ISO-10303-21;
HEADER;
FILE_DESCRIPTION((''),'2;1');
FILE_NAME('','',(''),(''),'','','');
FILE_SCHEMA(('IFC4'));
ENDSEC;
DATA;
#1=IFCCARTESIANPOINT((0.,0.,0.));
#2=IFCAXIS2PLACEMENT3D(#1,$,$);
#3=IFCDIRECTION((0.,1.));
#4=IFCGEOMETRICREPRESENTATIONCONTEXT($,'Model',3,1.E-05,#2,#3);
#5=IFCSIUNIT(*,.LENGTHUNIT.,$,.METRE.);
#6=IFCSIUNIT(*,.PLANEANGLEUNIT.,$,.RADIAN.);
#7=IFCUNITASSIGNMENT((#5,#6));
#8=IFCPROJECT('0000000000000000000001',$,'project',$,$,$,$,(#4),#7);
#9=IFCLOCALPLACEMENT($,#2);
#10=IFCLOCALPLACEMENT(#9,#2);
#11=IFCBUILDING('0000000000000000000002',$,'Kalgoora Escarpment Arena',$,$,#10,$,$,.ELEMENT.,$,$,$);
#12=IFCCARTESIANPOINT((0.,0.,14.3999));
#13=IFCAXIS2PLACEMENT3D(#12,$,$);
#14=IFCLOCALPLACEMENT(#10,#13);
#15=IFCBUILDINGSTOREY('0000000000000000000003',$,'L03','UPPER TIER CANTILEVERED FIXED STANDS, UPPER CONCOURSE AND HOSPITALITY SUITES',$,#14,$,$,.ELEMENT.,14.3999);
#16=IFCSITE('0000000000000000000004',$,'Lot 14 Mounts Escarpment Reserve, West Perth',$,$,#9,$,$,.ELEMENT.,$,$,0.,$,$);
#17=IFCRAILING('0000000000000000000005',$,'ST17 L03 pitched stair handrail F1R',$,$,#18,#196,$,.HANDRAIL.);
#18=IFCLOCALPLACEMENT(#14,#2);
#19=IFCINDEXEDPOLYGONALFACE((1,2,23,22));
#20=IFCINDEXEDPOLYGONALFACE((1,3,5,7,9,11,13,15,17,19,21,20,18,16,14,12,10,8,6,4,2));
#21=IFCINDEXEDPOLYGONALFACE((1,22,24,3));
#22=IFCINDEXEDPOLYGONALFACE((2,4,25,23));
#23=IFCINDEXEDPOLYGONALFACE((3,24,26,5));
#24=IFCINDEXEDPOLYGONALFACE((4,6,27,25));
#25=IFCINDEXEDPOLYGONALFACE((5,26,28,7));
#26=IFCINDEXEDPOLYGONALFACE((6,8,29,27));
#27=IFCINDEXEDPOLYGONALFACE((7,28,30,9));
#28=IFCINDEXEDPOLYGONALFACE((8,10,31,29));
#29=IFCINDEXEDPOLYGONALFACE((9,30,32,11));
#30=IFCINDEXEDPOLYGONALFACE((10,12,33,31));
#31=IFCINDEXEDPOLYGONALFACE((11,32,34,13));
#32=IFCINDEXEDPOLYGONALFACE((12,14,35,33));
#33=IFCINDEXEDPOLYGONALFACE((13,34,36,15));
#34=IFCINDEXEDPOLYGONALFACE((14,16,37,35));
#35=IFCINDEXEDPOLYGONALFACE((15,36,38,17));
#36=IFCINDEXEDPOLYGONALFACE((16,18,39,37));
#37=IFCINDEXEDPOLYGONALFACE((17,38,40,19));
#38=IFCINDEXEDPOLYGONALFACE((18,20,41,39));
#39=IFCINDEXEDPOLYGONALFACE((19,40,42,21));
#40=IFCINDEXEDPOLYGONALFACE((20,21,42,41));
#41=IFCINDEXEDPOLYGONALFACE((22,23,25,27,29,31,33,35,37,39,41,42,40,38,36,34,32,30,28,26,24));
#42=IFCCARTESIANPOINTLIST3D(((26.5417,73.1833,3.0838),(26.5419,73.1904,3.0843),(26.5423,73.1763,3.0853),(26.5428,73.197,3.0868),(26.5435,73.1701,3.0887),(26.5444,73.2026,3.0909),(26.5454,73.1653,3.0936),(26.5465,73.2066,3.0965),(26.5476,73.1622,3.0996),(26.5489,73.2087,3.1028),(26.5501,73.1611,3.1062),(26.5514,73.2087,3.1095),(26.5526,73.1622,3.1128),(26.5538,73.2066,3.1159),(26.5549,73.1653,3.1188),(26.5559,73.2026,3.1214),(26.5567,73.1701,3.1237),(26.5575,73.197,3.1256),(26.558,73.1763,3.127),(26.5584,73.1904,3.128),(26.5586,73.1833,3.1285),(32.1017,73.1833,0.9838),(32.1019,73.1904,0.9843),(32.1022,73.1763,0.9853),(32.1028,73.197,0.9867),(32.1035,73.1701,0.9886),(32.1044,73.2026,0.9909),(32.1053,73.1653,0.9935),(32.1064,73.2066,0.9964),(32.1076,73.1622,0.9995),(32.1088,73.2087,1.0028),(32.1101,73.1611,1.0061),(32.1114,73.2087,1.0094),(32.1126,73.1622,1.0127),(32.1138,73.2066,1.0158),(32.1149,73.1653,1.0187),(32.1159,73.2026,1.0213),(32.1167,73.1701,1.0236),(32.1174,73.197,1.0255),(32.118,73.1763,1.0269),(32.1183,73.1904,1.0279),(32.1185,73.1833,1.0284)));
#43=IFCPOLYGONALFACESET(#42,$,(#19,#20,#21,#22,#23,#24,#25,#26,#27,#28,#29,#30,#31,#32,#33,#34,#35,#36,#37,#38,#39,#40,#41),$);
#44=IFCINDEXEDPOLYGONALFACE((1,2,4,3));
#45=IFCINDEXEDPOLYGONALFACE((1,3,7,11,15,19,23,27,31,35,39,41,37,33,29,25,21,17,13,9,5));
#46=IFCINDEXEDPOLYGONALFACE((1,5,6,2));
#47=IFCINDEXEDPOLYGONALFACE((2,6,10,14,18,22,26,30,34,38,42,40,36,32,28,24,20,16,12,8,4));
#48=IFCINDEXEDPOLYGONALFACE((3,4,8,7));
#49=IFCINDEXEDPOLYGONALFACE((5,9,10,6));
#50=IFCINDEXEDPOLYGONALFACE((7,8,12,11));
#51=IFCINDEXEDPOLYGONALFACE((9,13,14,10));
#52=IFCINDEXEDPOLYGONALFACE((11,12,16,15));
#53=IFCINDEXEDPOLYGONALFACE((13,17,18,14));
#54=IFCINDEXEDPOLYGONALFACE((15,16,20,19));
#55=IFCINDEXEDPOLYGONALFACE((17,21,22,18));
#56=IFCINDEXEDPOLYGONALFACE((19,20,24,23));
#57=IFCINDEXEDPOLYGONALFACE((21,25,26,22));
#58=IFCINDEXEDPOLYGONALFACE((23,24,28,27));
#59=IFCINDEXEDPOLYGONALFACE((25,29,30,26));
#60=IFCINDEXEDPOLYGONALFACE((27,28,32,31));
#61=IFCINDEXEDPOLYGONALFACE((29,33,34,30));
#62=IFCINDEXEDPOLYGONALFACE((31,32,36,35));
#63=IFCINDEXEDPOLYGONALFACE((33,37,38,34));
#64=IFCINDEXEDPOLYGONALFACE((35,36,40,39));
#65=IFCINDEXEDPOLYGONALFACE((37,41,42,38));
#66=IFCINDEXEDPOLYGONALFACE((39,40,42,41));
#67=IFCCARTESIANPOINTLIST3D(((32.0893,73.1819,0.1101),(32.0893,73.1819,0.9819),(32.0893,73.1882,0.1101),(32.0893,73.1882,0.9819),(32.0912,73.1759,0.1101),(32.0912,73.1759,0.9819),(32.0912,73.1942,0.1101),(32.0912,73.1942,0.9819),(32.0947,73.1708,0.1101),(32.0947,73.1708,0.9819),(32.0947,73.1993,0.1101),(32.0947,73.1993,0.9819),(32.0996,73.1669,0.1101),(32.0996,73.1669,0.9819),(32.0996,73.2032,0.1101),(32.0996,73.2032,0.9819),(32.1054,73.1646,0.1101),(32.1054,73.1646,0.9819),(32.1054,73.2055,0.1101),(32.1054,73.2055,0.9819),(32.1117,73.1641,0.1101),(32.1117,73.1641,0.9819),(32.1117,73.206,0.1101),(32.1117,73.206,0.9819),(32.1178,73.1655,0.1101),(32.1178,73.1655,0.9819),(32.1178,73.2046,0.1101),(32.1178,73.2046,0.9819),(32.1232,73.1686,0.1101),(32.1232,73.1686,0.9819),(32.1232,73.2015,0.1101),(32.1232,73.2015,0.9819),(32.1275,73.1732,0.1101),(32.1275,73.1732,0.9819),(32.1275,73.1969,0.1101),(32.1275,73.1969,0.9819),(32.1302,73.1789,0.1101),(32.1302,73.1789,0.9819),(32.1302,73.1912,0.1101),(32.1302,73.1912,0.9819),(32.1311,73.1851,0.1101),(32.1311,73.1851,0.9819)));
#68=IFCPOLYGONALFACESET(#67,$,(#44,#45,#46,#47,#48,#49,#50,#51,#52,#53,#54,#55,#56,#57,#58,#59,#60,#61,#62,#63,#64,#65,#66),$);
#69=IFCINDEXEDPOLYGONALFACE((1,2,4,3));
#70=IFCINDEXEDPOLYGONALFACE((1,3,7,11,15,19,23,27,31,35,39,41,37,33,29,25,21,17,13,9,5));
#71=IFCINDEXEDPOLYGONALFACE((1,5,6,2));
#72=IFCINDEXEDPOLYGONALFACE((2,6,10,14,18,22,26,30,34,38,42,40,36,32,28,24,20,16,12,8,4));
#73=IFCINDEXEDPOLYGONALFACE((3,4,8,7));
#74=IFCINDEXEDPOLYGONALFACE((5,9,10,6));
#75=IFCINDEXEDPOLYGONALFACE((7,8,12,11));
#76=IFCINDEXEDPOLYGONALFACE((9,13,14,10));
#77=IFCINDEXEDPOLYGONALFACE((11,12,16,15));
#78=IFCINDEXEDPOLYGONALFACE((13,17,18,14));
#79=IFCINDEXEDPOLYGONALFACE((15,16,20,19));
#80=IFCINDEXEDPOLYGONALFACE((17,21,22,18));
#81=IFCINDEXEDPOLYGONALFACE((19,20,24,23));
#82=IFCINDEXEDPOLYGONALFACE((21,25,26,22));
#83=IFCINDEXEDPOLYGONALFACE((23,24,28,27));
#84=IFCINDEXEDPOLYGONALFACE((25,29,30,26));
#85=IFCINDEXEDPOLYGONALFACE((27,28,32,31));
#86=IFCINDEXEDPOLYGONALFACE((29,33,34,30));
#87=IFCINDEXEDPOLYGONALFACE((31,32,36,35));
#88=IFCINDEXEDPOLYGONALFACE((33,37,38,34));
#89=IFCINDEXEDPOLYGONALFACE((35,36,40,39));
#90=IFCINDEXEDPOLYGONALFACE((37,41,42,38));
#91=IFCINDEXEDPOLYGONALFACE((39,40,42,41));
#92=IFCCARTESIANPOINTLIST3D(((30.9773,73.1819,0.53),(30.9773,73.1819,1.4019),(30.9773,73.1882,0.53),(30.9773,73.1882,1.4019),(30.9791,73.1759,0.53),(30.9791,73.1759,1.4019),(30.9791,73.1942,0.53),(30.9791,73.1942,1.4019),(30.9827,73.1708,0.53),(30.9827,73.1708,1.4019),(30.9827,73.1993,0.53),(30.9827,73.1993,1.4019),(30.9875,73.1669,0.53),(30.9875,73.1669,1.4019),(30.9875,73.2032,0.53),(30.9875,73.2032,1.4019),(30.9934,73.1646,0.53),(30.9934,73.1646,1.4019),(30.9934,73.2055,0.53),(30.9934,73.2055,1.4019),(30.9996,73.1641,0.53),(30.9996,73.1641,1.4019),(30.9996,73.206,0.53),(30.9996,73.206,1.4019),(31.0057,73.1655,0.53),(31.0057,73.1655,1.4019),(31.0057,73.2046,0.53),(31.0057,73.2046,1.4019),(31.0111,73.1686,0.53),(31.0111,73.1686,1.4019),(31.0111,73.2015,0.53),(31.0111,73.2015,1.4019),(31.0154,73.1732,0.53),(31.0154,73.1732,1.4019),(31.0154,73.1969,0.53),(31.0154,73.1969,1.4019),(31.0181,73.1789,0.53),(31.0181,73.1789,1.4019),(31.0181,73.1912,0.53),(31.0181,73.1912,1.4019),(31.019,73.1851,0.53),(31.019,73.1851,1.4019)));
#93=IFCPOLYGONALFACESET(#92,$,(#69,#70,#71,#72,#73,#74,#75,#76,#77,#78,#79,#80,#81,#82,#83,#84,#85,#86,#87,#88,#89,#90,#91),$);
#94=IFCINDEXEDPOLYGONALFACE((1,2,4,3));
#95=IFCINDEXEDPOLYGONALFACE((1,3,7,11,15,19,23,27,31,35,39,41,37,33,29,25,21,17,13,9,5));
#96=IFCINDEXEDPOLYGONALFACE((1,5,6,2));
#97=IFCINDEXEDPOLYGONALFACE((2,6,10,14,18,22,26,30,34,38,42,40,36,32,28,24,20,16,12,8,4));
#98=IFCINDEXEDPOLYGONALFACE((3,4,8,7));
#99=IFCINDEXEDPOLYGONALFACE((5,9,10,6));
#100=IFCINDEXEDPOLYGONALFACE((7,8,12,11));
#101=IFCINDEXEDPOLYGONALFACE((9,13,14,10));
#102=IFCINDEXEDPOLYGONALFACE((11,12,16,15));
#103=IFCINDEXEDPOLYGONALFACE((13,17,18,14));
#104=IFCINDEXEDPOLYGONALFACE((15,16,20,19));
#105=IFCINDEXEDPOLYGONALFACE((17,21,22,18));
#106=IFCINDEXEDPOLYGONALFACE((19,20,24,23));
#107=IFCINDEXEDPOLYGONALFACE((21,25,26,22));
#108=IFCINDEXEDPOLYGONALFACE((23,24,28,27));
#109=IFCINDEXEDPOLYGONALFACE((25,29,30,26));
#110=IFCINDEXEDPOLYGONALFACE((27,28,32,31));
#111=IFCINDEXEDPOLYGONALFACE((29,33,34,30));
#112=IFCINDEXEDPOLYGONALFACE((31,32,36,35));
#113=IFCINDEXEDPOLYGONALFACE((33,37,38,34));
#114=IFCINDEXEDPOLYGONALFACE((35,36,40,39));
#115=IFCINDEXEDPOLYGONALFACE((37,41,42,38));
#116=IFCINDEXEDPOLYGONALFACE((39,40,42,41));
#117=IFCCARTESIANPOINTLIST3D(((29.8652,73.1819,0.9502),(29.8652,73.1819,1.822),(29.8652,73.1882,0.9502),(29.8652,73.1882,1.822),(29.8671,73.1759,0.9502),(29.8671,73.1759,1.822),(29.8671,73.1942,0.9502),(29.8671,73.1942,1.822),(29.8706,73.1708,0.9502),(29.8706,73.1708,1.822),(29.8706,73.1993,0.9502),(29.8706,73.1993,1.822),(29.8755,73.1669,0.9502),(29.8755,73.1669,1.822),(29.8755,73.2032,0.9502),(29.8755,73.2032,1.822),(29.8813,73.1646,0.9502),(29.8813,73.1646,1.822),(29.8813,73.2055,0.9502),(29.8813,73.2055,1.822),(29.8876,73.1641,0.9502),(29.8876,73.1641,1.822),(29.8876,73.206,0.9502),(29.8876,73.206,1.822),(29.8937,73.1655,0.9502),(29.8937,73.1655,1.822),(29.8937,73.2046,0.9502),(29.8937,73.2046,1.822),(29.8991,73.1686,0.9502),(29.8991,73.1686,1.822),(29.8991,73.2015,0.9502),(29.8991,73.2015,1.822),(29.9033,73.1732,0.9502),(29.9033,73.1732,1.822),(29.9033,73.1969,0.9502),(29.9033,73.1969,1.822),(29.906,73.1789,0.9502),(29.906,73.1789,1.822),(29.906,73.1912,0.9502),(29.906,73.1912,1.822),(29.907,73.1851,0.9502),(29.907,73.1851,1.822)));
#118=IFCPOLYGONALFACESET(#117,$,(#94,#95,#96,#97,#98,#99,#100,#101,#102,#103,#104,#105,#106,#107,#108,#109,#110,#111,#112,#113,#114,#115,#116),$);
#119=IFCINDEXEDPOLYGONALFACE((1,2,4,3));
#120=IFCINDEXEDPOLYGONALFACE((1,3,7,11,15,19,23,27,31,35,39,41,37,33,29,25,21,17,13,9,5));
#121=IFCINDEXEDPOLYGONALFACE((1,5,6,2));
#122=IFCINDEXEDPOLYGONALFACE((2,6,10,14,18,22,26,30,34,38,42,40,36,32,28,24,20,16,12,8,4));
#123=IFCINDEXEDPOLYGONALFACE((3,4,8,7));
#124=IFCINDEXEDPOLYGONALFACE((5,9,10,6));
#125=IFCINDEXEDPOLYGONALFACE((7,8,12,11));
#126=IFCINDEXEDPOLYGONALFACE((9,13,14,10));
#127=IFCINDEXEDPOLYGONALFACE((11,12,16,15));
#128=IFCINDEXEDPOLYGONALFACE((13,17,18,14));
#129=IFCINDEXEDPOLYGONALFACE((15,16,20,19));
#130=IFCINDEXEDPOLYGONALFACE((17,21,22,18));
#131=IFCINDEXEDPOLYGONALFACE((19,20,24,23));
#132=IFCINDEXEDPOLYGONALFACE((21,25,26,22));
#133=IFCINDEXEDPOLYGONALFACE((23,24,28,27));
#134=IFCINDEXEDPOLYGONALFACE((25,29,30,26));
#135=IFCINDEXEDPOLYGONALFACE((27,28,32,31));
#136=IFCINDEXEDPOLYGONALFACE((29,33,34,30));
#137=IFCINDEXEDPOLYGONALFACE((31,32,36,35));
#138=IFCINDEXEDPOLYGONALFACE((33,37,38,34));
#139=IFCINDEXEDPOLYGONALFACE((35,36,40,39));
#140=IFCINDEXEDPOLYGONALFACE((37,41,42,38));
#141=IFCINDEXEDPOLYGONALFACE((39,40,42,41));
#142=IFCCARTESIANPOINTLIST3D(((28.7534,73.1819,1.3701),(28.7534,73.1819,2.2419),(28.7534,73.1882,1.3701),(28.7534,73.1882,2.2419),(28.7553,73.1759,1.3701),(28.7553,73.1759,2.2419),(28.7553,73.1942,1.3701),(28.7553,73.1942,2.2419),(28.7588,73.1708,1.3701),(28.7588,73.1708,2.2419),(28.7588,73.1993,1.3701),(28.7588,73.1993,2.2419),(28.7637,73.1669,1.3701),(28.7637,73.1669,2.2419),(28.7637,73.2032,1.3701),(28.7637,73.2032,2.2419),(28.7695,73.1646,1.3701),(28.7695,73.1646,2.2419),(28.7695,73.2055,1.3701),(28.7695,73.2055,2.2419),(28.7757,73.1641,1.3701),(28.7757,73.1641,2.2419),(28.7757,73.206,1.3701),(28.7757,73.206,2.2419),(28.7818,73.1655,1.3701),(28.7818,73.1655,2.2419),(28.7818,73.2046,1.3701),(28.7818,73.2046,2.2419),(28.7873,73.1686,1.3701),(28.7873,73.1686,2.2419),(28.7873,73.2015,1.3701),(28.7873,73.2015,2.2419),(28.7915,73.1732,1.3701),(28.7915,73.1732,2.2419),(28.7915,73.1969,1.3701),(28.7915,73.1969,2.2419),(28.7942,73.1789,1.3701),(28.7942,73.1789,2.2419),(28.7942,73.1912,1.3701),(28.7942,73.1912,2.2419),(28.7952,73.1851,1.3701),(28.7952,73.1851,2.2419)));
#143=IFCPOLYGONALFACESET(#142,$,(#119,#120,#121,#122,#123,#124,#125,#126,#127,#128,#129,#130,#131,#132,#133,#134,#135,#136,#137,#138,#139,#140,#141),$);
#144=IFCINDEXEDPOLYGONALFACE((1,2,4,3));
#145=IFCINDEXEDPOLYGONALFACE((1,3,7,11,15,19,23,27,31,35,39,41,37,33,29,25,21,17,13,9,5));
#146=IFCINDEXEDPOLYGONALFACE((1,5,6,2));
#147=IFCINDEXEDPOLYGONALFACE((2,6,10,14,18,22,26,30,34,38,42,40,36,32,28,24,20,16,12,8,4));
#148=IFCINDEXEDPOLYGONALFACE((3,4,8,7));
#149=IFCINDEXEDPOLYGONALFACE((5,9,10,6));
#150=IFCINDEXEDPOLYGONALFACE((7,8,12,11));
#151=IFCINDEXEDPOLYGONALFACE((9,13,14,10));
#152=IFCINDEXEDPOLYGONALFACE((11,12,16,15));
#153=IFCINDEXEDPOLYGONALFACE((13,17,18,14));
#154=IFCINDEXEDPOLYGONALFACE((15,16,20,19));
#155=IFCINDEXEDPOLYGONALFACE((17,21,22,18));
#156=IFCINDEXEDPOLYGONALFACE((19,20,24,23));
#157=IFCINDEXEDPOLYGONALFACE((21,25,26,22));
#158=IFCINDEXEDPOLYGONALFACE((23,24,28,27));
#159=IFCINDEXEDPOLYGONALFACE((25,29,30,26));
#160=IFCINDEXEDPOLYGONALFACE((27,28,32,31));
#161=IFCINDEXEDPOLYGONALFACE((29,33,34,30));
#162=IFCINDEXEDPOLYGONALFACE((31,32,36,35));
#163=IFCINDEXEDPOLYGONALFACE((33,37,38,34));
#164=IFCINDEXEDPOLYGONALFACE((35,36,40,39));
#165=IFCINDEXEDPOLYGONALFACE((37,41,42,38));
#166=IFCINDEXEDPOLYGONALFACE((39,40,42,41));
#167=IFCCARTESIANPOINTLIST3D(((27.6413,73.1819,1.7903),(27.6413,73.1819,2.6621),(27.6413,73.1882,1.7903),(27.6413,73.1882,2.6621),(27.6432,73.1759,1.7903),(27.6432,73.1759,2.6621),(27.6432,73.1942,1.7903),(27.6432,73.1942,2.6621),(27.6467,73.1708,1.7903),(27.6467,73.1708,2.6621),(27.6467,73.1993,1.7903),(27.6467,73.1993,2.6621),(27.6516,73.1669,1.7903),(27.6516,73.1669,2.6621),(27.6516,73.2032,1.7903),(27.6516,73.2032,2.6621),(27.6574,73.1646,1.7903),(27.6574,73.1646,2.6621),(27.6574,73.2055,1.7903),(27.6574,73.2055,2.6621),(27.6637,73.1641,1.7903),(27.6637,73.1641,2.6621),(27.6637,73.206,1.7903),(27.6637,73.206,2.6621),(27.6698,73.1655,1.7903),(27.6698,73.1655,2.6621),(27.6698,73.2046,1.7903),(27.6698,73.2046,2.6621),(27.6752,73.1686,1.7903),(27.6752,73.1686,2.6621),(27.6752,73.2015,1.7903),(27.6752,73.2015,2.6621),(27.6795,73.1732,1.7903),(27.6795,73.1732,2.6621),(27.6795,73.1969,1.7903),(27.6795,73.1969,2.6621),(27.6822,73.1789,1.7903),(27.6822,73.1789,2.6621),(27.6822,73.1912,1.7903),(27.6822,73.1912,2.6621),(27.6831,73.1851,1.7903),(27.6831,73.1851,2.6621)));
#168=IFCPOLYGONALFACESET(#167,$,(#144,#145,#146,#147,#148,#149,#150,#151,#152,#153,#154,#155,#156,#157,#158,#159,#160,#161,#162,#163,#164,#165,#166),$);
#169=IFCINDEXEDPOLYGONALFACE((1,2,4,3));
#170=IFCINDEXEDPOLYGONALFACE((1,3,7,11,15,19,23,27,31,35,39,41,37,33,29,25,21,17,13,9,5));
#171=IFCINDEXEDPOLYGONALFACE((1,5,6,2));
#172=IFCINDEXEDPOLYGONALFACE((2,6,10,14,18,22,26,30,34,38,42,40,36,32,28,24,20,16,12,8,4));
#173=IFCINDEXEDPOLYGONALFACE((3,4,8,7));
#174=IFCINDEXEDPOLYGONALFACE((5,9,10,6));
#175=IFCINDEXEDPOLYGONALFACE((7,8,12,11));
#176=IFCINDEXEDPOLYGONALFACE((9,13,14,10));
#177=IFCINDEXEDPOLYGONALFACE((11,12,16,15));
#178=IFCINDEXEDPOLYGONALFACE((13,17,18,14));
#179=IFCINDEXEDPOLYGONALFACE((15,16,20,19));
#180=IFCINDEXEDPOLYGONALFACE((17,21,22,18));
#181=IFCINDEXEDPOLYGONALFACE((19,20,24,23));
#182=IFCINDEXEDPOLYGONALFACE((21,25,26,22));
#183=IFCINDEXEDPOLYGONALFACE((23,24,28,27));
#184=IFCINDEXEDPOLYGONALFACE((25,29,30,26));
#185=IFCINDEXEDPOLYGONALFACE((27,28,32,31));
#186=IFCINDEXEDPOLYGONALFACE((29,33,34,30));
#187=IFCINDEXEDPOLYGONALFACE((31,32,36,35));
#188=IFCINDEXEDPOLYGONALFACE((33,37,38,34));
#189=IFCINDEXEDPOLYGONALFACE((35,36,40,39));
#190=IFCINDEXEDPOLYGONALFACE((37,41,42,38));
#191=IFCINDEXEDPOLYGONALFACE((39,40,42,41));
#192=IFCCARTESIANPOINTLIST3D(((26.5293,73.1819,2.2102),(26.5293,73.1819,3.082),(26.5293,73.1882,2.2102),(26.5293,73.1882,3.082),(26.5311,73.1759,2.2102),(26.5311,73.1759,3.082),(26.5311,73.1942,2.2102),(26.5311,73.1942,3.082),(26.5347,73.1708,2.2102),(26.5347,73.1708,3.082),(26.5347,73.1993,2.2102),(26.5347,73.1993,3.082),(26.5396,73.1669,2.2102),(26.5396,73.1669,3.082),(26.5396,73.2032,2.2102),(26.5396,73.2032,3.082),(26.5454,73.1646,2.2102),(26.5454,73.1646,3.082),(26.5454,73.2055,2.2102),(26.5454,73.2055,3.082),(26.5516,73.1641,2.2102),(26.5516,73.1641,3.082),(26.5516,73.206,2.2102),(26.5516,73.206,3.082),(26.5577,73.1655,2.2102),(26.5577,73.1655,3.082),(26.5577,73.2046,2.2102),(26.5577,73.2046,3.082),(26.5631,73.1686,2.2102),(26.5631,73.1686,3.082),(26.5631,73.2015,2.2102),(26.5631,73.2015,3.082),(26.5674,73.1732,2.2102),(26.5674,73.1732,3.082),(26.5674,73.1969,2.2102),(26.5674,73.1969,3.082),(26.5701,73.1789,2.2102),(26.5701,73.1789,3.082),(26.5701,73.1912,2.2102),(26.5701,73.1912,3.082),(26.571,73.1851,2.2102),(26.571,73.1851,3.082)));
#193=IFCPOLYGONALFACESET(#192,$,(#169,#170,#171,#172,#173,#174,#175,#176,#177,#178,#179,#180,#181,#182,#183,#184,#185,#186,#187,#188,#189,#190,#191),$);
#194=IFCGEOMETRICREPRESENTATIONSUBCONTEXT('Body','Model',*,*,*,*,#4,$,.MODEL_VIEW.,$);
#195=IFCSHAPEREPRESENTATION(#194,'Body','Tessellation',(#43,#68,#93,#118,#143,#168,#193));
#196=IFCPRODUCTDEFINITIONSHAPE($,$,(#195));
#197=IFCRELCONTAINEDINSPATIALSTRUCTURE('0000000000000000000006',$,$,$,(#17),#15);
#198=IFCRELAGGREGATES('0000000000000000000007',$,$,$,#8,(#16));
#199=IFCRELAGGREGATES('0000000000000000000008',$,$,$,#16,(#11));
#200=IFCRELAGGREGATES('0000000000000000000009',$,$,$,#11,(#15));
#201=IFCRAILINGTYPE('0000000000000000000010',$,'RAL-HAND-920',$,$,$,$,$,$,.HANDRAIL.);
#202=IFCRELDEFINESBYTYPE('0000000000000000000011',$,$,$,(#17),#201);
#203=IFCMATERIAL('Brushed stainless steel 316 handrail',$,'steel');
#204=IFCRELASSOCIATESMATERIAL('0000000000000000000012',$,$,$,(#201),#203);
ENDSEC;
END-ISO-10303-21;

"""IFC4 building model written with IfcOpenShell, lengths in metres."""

from ifc_helpers import new_model, si_unit, direction, frame, origin, origin_2d, place, context, subcontext, project, spatial, circle, extrude, material, type_object, element, save


model = new_model("IFC4")

# Units and contexts
model_context = context("Model", 3, precision=1e-05, world=origin(), true_north=direction((0.0, 1.0)))
body_context = subcontext(model_context, "Body", "Model", "MODEL_VIEW")
ifc_project = project(units=[si_unit("LENGTHUNIT", "METRE"), si_unit("PLANEANGLEUNIT", "RADIAN")], contexts=[model_context])

# Site, building, storey
site_placement = place(None, origin())
site = spatial("IfcSite", under=ifc_project, at=site_placement, Name="Lot 14 Mounts Escarpment Reserve, West Perth", CompositionType="ELEMENT", RefElevation=0.0)
building_placement = place(site_placement, origin())
building = spatial("IfcBuilding", under=site, at=building_placement, Name="Kalgoora Escarpment Arena", CompositionType="ELEMENT")
storey_placement = place(building_placement, frame((0.0, 0.0, 14.3999)))
storey = spatial("IfcBuildingStorey", under=building, at=storey_placement, Name="L03", Description="UPPER TIER CANTILEVERED FIXED STANDS, UPPER CONCOURSE AND HOSPITALITY SUITES", CompositionType="ELEMENT", Elevation=14.3999)

# Railing
ifc_material_1 = material(Name="Brushed stainless steel 316 handrail", Category="steel")
railing_type_1 = type_object("IfcRailingType", Name="RAL-HAND-920", PredefinedType="HANDRAIL", material=ifc_material_1)
for number, where, name in (
    (1, (32.1101, 73.1851, 0.1101), "ST17 L03 pitched stair handrail F1R"),
):
    element("IfcRailing", number, at=place(storey_placement, frame(where)), inside=storey, type_object=railing_type_1, Name=name, PredefinedType="HANDRAIL", context=body_context, shape_type="SweptSolid", body=[
        extrude(circle(Radius=0.0239, at=origin_2d()), frame((0.0, 0.0, 0.896), z_axis=(-0.935493, 0.0, 0.353346), x_axis=(0.0, -1.0, 0.0)), (0.0, 0.0, 1.0), 5.9434),
        extrude(circle(Radius=0.021, at=origin_2d()), origin(), (0.0, 0.0, 1.0), 0.8718),
        extrude(circle(Radius=0.021, at=origin_2d()), frame((-1.1121, 0.0, 0.4199)), (0.0, 0.0, 1.0), 0.8718),
        extrude(circle(Radius=0.021, at=origin_2d()), frame((-2.2241, 0.0, 0.8401)), (0.0, 0.0, 1.0), 0.8718),
        extrude(circle(Radius=0.021, at=origin_2d()), frame((-3.3359, 0.0, 1.26)), (0.0, 0.0, 1.0), 0.8718),
        extrude(circle(Radius=0.021, at=origin_2d()), frame((-4.448, 0.0, 1.6802)), (0.0, 0.0, 1.0), 0.8718),
        extrude(circle(Radius=0.021, at=origin_2d()), frame((-5.5601, 0.0, 2.1001)), (0.0, 0.0, 1.0), 0.8718),
    ])

save(model, "model.ifc")
